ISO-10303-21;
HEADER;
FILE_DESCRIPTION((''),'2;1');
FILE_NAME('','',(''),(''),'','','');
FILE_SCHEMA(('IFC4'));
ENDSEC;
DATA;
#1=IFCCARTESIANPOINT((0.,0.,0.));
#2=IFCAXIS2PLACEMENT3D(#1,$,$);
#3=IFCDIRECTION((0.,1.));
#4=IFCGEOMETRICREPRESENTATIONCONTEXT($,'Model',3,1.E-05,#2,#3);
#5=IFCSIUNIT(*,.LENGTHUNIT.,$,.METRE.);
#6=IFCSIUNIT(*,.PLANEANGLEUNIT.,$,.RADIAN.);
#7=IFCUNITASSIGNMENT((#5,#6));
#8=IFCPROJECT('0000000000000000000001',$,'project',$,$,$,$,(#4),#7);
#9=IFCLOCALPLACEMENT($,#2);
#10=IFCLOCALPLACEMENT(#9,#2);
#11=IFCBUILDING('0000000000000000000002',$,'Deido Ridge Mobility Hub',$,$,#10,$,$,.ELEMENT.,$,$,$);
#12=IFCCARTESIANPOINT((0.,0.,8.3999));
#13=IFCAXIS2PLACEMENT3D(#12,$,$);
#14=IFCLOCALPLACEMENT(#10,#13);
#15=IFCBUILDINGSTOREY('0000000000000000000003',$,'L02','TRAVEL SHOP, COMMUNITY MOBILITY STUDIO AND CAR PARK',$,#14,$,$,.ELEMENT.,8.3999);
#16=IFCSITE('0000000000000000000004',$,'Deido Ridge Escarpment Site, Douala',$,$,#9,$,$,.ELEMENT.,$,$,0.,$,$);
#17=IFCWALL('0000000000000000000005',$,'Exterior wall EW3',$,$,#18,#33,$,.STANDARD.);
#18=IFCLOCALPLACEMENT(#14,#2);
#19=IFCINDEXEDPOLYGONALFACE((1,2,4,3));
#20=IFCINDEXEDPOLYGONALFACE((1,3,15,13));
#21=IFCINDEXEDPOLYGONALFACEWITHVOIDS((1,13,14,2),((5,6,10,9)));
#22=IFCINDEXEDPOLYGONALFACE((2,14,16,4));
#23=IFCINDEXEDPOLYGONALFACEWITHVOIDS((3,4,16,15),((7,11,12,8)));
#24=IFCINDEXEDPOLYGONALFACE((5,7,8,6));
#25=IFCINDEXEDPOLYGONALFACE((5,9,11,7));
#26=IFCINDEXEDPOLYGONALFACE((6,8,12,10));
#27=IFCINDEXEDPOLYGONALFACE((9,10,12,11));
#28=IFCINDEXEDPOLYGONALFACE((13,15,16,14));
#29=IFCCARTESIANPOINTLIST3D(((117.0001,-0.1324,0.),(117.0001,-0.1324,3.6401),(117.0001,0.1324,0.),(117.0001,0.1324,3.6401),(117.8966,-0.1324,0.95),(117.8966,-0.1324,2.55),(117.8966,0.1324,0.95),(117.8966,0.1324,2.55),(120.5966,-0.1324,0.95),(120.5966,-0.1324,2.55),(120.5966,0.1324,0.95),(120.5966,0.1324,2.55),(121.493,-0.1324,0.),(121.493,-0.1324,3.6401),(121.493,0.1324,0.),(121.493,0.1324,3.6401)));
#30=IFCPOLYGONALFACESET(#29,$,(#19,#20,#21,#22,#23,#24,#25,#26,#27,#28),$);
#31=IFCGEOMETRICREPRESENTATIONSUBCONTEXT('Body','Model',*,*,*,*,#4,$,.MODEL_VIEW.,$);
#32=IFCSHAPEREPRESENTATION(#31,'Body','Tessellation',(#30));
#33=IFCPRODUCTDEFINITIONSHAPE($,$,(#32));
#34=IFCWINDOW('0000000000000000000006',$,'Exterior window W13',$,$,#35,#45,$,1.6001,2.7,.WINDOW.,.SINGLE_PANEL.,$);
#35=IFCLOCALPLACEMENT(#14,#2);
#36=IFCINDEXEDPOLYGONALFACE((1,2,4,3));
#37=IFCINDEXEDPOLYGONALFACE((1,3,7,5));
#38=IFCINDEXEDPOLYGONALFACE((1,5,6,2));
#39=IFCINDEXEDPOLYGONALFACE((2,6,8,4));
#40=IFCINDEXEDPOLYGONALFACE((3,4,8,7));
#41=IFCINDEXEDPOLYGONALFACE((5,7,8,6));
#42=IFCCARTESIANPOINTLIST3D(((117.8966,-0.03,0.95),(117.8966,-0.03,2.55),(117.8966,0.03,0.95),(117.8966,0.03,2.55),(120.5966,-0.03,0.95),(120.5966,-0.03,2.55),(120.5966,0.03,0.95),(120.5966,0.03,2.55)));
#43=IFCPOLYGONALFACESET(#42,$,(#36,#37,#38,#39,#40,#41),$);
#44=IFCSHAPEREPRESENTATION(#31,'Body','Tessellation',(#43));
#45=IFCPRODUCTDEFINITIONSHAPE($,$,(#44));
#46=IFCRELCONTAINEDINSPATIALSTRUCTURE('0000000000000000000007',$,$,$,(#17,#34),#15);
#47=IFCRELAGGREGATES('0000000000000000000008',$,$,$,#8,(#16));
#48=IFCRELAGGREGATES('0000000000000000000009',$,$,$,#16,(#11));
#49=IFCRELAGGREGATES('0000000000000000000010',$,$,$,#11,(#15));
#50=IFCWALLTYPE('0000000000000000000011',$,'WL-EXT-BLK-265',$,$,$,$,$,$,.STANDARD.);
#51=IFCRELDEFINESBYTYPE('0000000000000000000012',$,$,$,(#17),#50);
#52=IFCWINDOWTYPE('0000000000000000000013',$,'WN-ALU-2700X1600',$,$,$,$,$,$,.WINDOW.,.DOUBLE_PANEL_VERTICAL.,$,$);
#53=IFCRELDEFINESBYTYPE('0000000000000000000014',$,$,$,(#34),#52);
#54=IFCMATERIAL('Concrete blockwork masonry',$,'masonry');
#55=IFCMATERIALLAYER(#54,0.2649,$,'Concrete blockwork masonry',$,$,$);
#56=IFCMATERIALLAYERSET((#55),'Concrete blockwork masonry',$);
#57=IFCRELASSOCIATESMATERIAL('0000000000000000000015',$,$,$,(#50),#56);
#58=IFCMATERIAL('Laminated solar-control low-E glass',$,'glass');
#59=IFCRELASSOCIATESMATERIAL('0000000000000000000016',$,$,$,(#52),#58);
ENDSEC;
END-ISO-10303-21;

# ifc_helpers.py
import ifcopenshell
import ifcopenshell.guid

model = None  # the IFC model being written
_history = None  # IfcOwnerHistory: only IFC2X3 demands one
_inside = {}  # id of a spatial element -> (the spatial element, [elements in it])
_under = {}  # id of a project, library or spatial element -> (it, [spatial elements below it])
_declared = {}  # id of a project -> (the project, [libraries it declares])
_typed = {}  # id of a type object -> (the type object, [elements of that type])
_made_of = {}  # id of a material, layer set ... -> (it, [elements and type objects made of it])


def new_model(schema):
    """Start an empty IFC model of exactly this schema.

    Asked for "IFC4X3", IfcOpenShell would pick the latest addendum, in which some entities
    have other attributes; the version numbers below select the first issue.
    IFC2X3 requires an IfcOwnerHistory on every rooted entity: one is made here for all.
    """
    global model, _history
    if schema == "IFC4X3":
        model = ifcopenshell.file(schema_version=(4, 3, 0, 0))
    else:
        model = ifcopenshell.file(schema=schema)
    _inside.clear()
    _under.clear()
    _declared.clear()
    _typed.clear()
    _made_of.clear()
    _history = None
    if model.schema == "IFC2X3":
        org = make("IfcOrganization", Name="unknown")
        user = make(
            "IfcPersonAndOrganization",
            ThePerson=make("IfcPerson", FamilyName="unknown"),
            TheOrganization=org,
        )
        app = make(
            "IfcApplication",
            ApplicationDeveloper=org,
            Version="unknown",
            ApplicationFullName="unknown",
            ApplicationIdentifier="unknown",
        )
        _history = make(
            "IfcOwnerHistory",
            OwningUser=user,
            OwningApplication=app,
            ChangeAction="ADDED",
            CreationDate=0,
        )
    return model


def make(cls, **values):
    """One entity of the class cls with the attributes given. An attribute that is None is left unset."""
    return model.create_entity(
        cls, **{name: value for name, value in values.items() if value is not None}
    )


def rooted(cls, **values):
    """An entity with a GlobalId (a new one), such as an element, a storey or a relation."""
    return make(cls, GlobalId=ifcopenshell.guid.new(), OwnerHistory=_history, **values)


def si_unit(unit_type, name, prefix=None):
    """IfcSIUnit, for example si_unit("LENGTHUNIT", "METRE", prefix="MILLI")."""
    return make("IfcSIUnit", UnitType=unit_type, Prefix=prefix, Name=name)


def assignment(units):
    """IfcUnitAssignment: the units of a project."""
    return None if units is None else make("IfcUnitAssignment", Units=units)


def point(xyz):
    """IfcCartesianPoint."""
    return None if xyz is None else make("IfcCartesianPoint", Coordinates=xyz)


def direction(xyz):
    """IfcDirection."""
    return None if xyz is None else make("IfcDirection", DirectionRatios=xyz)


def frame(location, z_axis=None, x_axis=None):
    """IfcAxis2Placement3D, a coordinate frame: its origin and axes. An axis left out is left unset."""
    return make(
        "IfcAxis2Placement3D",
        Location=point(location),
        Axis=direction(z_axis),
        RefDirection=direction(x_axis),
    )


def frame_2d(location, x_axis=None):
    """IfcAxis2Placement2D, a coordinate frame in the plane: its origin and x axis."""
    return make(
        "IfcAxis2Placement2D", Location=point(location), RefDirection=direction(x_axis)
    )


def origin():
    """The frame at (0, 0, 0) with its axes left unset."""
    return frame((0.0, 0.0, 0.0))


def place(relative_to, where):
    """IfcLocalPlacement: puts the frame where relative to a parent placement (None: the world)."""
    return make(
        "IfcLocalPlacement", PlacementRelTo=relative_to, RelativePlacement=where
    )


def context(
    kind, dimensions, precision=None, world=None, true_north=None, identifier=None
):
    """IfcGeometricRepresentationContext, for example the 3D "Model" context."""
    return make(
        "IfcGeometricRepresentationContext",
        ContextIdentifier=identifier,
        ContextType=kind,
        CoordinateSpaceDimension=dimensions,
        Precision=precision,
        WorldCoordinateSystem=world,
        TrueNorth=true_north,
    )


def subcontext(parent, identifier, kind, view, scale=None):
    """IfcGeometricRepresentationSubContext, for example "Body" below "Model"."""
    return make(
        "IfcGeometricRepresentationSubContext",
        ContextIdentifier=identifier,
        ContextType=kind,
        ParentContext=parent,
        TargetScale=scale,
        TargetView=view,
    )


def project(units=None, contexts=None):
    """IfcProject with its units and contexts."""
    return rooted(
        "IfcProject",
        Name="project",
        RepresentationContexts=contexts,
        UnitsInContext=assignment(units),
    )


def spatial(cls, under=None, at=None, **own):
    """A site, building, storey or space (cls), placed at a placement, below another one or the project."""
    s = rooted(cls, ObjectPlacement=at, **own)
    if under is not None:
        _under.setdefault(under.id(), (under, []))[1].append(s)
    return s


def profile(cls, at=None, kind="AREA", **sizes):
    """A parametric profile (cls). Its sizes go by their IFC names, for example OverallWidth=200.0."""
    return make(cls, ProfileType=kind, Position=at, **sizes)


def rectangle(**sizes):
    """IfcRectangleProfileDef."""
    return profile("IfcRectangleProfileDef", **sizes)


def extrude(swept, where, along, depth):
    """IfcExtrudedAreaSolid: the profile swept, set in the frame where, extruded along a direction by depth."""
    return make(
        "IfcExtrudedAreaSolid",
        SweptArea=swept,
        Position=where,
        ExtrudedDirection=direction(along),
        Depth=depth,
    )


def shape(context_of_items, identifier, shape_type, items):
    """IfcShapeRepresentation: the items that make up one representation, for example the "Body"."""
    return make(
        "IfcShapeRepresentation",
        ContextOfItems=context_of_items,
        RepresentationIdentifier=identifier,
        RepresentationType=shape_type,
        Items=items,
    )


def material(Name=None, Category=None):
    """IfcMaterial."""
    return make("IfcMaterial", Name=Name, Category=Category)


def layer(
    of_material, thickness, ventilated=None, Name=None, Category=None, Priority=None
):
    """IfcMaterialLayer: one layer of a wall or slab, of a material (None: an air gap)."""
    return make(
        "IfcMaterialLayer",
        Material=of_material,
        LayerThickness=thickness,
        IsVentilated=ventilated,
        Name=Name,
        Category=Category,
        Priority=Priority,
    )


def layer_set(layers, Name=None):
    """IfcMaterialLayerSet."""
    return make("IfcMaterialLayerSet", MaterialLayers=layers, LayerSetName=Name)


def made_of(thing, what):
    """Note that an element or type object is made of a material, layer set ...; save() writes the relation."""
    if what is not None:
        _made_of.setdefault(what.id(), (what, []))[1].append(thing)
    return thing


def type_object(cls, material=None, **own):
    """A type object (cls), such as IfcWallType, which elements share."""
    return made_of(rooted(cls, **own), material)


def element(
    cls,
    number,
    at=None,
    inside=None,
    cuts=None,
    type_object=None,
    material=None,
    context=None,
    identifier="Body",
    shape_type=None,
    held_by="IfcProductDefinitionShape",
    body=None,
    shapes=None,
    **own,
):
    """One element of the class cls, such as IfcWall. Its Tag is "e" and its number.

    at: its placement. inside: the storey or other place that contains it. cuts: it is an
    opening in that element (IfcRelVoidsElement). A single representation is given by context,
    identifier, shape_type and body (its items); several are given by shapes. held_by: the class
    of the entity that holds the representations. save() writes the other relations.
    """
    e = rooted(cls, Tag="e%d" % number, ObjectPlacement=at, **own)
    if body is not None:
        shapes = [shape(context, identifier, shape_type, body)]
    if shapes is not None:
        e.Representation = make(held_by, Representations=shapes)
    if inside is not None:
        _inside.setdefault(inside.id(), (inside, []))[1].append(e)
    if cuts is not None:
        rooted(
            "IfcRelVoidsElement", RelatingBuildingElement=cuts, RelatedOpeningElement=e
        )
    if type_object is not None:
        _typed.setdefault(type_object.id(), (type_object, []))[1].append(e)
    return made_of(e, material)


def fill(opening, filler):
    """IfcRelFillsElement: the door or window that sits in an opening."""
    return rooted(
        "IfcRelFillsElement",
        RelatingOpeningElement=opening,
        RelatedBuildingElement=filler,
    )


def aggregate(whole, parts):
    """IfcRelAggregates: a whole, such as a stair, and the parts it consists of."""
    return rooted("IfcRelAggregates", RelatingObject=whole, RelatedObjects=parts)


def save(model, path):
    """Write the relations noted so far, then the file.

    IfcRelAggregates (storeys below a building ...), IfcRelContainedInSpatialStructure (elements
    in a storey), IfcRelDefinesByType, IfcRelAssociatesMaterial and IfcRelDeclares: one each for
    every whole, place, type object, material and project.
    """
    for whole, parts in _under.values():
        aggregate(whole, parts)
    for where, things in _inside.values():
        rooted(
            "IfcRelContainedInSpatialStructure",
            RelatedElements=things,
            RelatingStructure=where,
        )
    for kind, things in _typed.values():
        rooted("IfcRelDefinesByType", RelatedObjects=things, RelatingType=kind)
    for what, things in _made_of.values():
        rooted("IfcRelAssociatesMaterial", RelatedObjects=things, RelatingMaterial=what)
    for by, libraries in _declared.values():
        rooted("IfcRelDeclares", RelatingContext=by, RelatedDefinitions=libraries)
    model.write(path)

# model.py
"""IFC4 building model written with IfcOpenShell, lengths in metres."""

from ifc_helpers import new_model, si_unit, direction, frame, frame_2d, origin, place, context, subcontext, project, spatial, rectangle, extrude, material, layer, layer_set, type_object, element, fill, save


model = new_model("IFC4")

# Units and contexts
model_context = context("Model", 3, precision=1e-05, world=origin(), true_north=direction((0.0, 1.0)))
body_context = subcontext(model_context, "Body", "Model", "MODEL_VIEW")
ifc_project = project(units=[si_unit("LENGTHUNIT", "METRE"), si_unit("PLANEANGLEUNIT", "RADIAN")], contexts=[model_context])

# Site, building, storey
site_placement = place(None, origin())
site = spatial("IfcSite", under=ifc_project, at=site_placement, Name="Deido Ridge Escarpment Site, Douala", CompositionType="ELEMENT", RefElevation=0.0)
building_placement = place(site_placement, origin())
building = spatial("IfcBuilding", under=site, at=building_placement, Name="Deido Ridge Mobility Hub", CompositionType="ELEMENT")
storey_placement = place(building_placement, frame((0.0, 0.0, 8.3999)))
storey = spatial("IfcBuildingStorey", under=building, at=storey_placement, Name="L02", Description="TRAVEL SHOP, COMMUNITY MOBILITY STUDIO AND CAR PARK", CompositionType="ELEMENT", Elevation=8.3999)

# Shared definitions
ifc_material_1 = material(Name="Laminated solar-control low-E glass", Category="glass")

# Wall, opening, window
ifc_material_2 = material(Name="Concrete blockwork masonry", Category="masonry")
ifc_layer_1 = layer(ifc_material_2, 0.2649, Name="Concrete blockwork masonry")
ifc_layer_set_1 = layer_set([ifc_layer_1], Name="Concrete blockwork masonry")
wall_type = type_object("IfcWallType", Name="WL-EXT-BLK-265", PredefinedType="STANDARD", material=ifc_layer_set_1)
wall_placement = place(storey_placement, frame((117.0, 0.0, 0.0), z_axis=(0.0, 0.0, 1.0), x_axis=(1.0, 0.0, 0.0)))
wall = element("IfcWall", 1, at=wall_placement, inside=storey, type_object=wall_type, Name="Exterior wall EW3", PredefinedType="STANDARD", context=body_context, shape_type="SweptSolid", body=[
    extrude(rectangle(XDim=4.4929, YDim=0.2649, at=frame_2d((2.2466, 0.0))), origin(), (0.0, 0.0, 1.0), 3.6401),
])
opening_placement = place(wall_placement, frame((0.8965, 0.0, 0.95)))
opening = element("IfcOpeningElement", 2, at=opening_placement, cuts=wall, PredefinedType="OPENING", context=body_context, shape_type="SweptSolid", body=[
    extrude(rectangle(XDim=2.7, YDim=1.6001, at=frame_2d((1.3501, 0.8))), frame((0.0, 0.1426, 0.0), z_axis=(0.0, -1.0, 0.0), x_axis=(1.0, 0.0, 0.0)), (0.0, 0.0, 1.0), 0.2849),
])
window_type = type_object("IfcWindowType", Name="WN-ALU-2700X1600", PartitioningType="DOUBLE_PANEL_VERTICAL", PredefinedType="WINDOW", material=ifc_material_1)
window_placement = place(opening_placement, origin())
window = element("IfcWindow", 3, at=window_placement, inside=storey, type_object=window_type, Name="Exterior window W13", OverallHeight=1.6001, OverallWidth=2.7, PartitioningType="SINGLE_PANEL", PredefinedType="WINDOW", context=body_context, shape_type="SweptSolid", body=[
    extrude(rectangle(XDim=2.7, YDim=1.6001, at=frame_2d((1.3501, 0.8))), frame((0.0, 0.03, 0.0), z_axis=(0.0, -1.0, 0.0), x_axis=(1.0, 0.0, 0.0)), (0.0, 0.0, 1.0), 0.0601),
])
fill(opening, window)

save(model, "model.ifc")
